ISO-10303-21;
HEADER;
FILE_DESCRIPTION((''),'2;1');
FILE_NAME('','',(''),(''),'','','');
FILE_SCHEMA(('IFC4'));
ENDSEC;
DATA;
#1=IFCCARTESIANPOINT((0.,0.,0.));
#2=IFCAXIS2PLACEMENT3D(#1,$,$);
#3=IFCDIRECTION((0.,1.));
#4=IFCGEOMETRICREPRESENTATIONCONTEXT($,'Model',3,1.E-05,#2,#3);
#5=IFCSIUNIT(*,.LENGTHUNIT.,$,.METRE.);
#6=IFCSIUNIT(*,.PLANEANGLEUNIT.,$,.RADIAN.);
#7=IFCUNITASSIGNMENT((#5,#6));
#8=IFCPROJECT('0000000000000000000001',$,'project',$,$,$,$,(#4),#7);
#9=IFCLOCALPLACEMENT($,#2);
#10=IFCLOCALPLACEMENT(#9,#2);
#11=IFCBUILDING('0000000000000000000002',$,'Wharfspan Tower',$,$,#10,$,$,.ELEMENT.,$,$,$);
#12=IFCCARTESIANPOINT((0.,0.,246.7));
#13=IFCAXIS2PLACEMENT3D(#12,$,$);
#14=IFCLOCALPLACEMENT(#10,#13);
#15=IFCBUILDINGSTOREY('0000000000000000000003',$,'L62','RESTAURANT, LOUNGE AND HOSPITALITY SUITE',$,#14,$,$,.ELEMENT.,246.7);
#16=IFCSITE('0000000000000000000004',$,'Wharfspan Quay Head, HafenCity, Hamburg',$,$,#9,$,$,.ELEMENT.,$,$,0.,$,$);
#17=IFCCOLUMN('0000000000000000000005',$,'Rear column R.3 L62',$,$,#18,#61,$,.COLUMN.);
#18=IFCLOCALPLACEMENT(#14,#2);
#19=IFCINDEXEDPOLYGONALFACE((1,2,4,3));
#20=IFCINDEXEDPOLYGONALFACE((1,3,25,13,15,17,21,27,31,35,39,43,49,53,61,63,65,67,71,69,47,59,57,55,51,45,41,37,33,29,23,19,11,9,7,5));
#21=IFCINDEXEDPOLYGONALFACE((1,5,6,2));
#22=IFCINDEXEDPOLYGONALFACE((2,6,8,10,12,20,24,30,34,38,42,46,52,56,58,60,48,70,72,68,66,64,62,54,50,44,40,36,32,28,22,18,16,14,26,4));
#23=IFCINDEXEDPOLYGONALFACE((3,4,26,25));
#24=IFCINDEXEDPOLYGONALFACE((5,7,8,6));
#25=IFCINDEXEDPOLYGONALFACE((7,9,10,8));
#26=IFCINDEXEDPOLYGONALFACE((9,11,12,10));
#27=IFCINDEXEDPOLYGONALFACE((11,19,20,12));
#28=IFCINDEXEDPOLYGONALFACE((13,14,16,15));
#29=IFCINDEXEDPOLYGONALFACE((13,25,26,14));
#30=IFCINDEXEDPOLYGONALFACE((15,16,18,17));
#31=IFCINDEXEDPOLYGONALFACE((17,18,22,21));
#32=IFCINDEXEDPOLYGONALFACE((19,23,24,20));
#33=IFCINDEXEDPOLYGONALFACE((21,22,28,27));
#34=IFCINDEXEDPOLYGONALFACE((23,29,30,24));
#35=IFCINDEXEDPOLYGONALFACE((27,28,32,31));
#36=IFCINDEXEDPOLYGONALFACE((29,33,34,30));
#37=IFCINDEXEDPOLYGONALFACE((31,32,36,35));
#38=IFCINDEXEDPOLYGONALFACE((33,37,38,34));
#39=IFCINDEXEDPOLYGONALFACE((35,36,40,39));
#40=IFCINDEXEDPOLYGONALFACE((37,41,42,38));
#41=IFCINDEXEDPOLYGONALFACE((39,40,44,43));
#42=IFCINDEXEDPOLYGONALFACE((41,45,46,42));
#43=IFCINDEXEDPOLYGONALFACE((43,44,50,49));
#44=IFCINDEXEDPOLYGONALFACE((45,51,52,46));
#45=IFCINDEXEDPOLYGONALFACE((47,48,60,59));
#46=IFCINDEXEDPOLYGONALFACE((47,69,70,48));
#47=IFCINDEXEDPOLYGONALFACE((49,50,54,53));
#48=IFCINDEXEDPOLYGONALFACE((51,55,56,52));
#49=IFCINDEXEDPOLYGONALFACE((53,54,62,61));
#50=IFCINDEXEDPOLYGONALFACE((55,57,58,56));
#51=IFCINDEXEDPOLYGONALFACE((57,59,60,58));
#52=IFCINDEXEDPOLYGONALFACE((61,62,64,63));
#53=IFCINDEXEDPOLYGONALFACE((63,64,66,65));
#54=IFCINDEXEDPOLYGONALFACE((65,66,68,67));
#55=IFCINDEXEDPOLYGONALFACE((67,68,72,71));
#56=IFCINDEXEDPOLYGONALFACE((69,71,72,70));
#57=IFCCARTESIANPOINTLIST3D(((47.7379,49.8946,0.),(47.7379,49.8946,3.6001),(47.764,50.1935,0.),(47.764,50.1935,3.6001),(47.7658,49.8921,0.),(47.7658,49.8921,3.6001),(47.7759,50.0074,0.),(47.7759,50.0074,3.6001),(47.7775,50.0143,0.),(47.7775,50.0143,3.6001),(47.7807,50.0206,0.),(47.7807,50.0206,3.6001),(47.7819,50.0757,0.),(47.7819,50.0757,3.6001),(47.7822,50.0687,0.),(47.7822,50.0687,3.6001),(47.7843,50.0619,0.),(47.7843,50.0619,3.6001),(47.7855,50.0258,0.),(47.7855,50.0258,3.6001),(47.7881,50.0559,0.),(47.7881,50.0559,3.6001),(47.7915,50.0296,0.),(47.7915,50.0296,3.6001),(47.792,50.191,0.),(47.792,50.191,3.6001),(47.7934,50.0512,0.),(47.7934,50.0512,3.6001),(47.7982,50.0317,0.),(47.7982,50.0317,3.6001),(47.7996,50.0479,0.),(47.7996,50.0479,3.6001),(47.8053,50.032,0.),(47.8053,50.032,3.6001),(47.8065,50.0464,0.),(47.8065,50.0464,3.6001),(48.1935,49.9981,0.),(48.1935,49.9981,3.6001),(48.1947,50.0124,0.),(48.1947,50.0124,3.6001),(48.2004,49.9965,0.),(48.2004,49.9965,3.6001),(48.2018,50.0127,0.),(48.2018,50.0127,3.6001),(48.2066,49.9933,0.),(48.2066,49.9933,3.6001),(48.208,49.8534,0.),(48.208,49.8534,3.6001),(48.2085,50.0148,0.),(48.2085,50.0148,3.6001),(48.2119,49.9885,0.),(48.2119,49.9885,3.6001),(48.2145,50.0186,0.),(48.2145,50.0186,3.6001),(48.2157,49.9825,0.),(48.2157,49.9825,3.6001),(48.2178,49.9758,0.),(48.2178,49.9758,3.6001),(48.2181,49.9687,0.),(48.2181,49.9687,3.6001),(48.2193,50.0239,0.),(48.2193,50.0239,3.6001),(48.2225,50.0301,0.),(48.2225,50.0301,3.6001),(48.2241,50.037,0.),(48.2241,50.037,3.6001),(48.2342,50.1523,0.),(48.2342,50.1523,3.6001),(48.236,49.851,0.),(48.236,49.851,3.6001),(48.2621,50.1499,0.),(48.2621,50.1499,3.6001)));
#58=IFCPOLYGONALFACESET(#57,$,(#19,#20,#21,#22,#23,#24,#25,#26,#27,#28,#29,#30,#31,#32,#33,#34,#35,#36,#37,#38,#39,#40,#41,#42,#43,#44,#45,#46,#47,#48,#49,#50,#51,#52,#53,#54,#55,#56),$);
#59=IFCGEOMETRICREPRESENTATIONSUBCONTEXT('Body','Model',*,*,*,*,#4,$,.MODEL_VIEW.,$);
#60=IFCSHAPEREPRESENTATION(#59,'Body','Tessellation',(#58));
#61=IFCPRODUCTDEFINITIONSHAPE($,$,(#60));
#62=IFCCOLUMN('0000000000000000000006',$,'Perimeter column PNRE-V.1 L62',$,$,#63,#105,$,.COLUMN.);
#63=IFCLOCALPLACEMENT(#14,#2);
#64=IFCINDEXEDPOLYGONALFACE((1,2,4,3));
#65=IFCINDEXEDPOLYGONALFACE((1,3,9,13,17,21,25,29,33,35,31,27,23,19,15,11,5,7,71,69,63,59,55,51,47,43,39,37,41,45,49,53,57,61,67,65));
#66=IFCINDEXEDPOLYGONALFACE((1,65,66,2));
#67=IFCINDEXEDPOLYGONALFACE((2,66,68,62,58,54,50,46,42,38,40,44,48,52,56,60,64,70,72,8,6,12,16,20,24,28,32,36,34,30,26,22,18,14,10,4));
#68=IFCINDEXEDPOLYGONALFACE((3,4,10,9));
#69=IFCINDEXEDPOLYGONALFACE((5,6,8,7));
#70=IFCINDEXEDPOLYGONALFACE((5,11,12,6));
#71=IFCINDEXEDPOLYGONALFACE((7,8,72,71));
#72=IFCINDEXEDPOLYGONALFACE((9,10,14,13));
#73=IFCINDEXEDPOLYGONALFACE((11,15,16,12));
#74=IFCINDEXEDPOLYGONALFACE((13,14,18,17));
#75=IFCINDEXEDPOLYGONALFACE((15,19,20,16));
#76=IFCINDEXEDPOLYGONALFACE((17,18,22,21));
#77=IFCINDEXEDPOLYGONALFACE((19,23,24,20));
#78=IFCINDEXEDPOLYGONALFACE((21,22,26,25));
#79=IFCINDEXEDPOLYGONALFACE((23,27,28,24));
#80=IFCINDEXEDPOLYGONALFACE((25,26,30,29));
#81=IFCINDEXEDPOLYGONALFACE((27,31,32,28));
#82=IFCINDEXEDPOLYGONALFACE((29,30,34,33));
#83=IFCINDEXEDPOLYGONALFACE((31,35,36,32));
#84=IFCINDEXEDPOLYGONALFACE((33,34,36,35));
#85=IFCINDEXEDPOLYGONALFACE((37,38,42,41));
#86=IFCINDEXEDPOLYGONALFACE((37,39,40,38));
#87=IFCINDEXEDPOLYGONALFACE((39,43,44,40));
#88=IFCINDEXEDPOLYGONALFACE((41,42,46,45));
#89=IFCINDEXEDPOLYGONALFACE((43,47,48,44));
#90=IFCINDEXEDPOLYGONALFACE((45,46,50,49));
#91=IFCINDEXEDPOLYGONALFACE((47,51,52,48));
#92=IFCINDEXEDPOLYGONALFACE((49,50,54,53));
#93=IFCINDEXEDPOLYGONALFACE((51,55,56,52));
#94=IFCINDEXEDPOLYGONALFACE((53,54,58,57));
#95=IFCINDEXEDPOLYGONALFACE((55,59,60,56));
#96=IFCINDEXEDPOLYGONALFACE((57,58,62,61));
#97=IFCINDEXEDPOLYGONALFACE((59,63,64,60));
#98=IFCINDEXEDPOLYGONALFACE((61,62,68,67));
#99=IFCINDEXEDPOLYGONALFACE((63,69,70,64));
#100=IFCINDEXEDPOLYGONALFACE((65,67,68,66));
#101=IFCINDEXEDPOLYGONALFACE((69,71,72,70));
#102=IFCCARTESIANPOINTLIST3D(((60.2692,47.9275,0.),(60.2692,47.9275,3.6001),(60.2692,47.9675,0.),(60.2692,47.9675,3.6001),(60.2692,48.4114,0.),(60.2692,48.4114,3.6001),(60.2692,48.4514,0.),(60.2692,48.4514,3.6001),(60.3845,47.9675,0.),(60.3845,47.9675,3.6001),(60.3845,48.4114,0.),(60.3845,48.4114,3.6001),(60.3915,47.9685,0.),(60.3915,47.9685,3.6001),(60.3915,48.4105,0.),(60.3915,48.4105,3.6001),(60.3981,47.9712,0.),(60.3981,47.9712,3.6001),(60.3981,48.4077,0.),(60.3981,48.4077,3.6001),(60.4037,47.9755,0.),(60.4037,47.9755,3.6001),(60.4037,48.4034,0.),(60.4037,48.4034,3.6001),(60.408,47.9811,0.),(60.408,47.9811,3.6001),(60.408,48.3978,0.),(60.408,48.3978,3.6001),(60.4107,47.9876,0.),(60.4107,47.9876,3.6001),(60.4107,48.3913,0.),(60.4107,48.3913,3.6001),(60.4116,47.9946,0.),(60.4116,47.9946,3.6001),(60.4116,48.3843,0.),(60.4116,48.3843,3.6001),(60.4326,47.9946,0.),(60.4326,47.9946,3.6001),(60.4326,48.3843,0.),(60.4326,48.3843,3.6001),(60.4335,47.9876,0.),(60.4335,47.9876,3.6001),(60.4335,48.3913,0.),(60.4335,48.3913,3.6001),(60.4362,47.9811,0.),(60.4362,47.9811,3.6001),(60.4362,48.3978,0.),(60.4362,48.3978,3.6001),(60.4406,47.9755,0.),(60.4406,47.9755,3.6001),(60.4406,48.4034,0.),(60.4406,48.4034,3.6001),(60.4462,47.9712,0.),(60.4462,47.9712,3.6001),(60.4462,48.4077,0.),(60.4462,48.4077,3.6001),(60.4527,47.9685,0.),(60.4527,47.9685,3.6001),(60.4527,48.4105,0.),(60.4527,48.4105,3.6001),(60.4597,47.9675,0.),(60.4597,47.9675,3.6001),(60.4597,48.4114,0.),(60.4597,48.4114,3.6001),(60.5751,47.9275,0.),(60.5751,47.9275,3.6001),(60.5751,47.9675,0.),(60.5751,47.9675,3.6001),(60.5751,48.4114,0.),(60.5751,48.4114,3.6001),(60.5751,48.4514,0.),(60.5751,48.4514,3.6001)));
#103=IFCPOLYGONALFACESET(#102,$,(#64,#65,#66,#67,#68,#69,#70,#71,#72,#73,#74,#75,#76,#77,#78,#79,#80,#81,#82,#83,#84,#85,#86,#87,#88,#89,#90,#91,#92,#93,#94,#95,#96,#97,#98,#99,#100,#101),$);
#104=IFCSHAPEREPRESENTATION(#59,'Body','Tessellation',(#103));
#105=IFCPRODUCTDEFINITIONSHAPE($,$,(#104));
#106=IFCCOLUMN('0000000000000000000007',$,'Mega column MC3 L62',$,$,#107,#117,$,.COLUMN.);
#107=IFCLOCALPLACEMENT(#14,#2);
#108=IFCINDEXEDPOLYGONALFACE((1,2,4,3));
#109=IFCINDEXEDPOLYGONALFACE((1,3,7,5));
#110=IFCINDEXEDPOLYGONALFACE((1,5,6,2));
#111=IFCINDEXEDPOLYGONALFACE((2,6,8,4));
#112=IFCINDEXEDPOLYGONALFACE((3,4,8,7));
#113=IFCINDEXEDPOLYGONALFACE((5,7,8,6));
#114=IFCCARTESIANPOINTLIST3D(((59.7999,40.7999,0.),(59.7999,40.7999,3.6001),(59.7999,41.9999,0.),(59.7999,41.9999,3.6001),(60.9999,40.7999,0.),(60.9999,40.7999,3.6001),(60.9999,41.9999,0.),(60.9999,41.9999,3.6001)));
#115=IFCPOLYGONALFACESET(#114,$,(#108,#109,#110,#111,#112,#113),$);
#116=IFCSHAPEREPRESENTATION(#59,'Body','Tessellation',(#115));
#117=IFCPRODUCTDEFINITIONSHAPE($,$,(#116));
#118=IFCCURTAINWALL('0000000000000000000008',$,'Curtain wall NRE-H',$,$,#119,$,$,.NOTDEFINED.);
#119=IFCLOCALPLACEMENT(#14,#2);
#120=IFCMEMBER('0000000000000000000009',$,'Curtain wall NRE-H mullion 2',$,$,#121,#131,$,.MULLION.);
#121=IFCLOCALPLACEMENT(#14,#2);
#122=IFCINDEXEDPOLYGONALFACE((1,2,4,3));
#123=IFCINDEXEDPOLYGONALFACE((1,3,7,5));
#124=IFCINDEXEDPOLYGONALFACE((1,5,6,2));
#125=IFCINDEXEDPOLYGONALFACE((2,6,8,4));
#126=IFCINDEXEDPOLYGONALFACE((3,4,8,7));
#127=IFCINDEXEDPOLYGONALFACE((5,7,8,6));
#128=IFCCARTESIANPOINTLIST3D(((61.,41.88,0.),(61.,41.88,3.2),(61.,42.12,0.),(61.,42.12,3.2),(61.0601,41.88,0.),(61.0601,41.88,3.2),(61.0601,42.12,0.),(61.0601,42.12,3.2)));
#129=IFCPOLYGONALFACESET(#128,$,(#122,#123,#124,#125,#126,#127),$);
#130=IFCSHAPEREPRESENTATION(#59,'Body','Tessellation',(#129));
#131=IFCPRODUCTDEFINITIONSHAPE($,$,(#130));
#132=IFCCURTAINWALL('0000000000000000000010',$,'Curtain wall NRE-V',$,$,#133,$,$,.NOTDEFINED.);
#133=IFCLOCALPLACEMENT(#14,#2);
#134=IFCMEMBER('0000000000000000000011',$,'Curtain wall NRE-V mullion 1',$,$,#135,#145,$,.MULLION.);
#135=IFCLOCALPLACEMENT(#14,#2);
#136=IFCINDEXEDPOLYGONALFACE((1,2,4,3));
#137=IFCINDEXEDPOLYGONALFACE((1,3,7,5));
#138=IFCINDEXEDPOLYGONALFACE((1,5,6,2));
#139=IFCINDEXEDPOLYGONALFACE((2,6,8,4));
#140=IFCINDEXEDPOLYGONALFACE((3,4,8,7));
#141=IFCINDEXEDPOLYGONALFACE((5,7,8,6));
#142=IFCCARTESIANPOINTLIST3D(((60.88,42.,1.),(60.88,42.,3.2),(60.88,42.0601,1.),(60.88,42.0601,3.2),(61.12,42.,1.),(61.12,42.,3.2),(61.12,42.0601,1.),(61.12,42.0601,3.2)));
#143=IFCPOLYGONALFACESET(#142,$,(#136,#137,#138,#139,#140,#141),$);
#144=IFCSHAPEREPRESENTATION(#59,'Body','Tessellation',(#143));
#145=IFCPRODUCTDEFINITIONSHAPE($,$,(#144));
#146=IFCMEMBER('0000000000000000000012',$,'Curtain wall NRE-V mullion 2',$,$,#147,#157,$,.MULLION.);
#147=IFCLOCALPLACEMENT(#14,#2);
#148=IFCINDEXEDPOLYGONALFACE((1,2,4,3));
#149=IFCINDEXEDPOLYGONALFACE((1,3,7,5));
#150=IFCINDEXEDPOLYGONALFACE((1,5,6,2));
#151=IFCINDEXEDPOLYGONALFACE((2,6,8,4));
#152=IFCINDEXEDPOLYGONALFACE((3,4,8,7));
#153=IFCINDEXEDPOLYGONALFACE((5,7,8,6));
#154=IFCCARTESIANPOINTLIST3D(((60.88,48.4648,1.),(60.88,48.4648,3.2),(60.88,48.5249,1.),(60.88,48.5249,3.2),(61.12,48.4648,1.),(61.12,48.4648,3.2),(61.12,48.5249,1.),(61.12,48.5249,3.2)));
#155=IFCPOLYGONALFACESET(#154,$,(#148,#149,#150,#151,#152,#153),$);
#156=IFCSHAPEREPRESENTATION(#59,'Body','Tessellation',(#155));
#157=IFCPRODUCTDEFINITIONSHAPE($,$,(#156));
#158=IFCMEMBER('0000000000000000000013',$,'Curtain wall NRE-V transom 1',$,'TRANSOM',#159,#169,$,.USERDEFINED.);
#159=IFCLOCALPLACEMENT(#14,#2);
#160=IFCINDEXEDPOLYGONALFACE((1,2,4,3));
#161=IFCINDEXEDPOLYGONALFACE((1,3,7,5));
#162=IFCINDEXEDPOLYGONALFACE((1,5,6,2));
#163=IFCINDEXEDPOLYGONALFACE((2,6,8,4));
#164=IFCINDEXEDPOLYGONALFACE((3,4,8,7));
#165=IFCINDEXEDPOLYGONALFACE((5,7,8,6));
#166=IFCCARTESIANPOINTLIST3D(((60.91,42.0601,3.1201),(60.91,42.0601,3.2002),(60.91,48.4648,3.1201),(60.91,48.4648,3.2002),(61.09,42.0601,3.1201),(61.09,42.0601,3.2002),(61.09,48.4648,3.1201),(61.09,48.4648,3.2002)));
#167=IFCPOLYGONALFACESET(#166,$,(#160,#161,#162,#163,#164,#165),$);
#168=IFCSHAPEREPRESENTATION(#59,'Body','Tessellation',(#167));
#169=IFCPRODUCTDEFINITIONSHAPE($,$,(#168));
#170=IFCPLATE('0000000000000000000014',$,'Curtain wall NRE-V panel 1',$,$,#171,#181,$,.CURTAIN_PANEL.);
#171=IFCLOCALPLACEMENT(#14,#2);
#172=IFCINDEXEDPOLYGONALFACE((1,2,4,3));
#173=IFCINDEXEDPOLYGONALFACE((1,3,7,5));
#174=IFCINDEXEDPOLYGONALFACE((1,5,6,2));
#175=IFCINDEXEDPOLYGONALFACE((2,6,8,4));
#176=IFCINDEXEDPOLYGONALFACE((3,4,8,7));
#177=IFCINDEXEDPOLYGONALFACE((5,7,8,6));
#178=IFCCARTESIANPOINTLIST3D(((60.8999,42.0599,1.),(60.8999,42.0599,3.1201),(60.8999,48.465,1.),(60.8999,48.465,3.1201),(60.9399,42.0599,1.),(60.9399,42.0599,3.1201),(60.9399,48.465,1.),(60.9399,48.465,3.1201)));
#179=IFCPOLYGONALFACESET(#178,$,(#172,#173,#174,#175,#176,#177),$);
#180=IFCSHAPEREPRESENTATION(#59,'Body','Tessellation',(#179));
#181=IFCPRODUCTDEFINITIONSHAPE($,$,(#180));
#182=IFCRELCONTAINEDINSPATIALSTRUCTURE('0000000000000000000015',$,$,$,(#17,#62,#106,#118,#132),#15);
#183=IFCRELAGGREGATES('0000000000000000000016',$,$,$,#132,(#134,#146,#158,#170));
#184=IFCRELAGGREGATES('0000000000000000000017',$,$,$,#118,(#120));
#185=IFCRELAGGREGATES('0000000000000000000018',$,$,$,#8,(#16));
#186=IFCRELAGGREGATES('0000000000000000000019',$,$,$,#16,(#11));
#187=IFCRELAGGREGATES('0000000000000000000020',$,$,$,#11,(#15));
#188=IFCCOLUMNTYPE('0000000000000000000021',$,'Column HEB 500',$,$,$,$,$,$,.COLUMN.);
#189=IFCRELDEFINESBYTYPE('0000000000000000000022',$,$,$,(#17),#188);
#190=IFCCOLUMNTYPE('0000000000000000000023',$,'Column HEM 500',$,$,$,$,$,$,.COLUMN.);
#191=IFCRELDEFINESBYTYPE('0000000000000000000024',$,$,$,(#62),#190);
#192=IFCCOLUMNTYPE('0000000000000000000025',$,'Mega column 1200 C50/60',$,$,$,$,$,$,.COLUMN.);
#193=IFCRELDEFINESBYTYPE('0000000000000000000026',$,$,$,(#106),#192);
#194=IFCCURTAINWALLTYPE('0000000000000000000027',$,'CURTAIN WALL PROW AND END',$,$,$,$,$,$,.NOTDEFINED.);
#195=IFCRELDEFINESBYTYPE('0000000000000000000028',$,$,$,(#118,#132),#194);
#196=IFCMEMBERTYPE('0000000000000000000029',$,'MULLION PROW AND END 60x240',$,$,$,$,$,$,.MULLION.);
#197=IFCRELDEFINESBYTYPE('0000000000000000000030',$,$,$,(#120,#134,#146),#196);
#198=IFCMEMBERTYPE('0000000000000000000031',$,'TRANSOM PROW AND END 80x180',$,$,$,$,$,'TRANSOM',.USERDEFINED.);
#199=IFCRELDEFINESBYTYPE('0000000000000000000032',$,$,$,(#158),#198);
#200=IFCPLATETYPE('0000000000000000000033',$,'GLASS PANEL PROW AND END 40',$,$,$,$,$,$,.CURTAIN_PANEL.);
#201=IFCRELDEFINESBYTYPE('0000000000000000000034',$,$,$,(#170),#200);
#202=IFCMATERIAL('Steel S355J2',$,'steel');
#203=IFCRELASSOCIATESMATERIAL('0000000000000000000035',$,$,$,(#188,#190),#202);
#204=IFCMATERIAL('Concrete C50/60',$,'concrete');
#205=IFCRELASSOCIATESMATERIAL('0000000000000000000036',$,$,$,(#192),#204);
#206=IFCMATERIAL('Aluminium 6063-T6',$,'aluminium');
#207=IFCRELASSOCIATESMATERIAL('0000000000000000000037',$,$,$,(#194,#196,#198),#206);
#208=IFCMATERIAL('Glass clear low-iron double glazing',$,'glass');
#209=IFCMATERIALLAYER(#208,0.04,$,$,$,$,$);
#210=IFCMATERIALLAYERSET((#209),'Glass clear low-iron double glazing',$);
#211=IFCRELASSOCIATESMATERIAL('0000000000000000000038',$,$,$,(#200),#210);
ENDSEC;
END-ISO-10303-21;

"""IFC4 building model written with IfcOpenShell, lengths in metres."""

from ifc_helpers import new_model, si_unit, direction, frame, origin, origin_2d, place, context, subcontext, project, spatial, rectangle, i_section, extrude, material, layer, layer_set, material_profile, profile_set, type_object, element, aggregate, save


model = new_model("IFC4")

# Units and contexts
model_context = context("Model", 3, precision=1e-05, world=origin(), true_north=direction((0.0, 1.0)))
body_context = subcontext(model_context, "Body", "Model", "MODEL_VIEW")
ifc_project = project(units=[si_unit("LENGTHUNIT", "METRE"), si_unit("PLANEANGLEUNIT", "RADIAN")], contexts=[model_context])

# Site, building, storey
site_placement = place(None, origin())
site = spatial("IfcSite", under=ifc_project, at=site_placement, Name="Wharfspan Quay Head, HafenCity, Hamburg", CompositionType="ELEMENT", RefElevation=0.0)
building_placement = place(site_placement, origin())
building = spatial("IfcBuilding", under=site, at=building_placement, Name="Wharfspan Tower", CompositionType="ELEMENT")
storey_placement = place(building_placement, frame((0.0, 0.0, 246.7)))
storey = spatial("IfcBuildingStorey", under=building, at=storey_placement, Name="L62", Description="RESTAURANT, LOUNGE AND HOSPITALITY SUITE", CompositionType="ELEMENT", Elevation=246.7)

# Columns
ifc_material_1 = material(Name="Steel S355J2", Category="steel")
ifc_material_profile_1 = material_profile(ifc_material_1, i_section(OverallWidth=0.3, OverallDepth=0.5, WebThickness=0.0144, FlangeThickness=0.0281, FilletRadius=0.0271, at=origin_2d()))
ifc_profile_set_1 = profile_set([ifc_material_profile_1], Name="Steel S355J2")
column_type_1 = type_object("IfcColumnType", Name="Column HEB 500", PredefinedType="COLUMN", material=ifc_profile_set_1)
column_1_placement = place(storey_placement, frame((48.0, 50.0222, 0.0), z_axis=(0.0, 0.0, 1.0), x_axis=(0.087156, 0.996197, 0.0)))
element("IfcColumn", 1, at=column_1_placement, inside=storey, type_object=column_type_1, Name="Rear column R.3 L62", PredefinedType="COLUMN", context=body_context, shape_type="SweptSolid", body=[
    extrude(i_section(OverallWidth=0.3, OverallDepth=0.5, WebThickness=0.0144, FlangeThickness=0.0281, FilletRadius=0.0271, at=origin_2d()), origin(), (0.0, 0.0, 1.0), 3.6001),
])
ifc_material_profile_2 = material_profile(ifc_material_1, i_section(OverallWidth=0.3059, OverallDepth=0.5239, WebThickness=0.021, FlangeThickness=0.04, FilletRadius=0.0271, at=origin_2d()))
ifc_profile_set_2 = profile_set([ifc_material_profile_2], Name="Steel S355J2")
column_type_2 = type_object("IfcColumnType", Name="Column HEM 500", PredefinedType="COLUMN", material=ifc_profile_set_2)
column_2_placement = place(storey_placement, frame((60.4221, 48.1895, 0.0), z_axis=(0.0, 0.0, 1.0), x_axis=(1.0, 0.0, 0.0)))
element("IfcColumn", 2, at=column_2_placement, inside=storey, type_object=column_type_2, Name="Perimeter column PNRE-V.1 L62", PredefinedType="COLUMN", context=body_context, shape_type="SweptSolid", body=[
    extrude(i_section(OverallWidth=0.3059, OverallDepth=0.5239, WebThickness=0.021, FlangeThickness=0.04, FilletRadius=0.0271, at=origin_2d()), origin(), (0.0, 0.0, 1.0), 3.6001),
])
ifc_material_2 = material(Name="Concrete C50/60", Category="concrete")
ifc_material_profile_3 = material_profile(ifc_material_2, rectangle(XDim=1.2, YDim=1.2, at=origin_2d()))
ifc_profile_set_3 = profile_set([ifc_material_profile_3], Name="Concrete C50/60")
column_type_3 = type_object("IfcColumnType", Name="Mega column 1200 C50/60", PredefinedType="COLUMN", material=ifc_profile_set_3)
column_3_placement = place(storey_placement, frame((60.3999, 41.3999, 0.0), z_axis=(0.0, 0.0, 1.0), x_axis=(1.0, 0.0, 0.0)))
element("IfcColumn", 3, at=column_3_placement, inside=storey, type_object=column_type_3, Name="Mega column MC3 L62", PredefinedType="COLUMN", context=body_context, shape_type="SweptSolid", body=[
    extrude(rectangle(XDim=1.2, YDim=1.2, at=origin_2d()), origin(), (0.0, 0.0, 1.0), 3.6001),
])

# Curtain wall, member
ifc_material_3 = material(Name="Aluminium 6063-T6", Category="aluminium")
curtain_wall_type = type_object("IfcCurtainWallType", Name="CURTAIN WALL PROW AND END", PredefinedType="NOTDEFINED", material=ifc_material_3)
curtain_wall_1_placement = place(storey_placement, origin())
curtain_wall_1 = element("IfcCurtainWall", 4, at=curtain_wall_1_placement, inside=storey, type_object=curtain_wall_type, Name="Curtain wall NRE-H", PredefinedType="NOTDEFINED")
ifc_material_profile_4 = material_profile(ifc_material_3, rectangle(XDim=0.24, YDim=0.0601, at=origin_2d()))
ifc_profile_set_4 = profile_set([ifc_material_profile_4], Name="Aluminium 6063-T6")
member_type_1 = type_object("IfcMemberType", Name="MULLION PROW AND END 60x240", PredefinedType="MULLION", material=ifc_profile_set_4)
member_1_placement = place(storey_placement, frame((61.03, 42.0, 0.0), z_axis=(0.0, 0.0, 1.0), x_axis=(0.0, -1.0, 0.0)))
member_1 = element("IfcMember", 5, at=member_1_placement, type_object=member_type_1, Name="Curtain wall NRE-H mullion 2", PredefinedType="MULLION", context=body_context, shape_type="SweptSolid", body=[
    extrude(rectangle(XDim=0.24, YDim=0.0601, at=origin_2d()), origin(), (0.0, 0.0, 1.0), 3.2),
])

# Curtain wall, members, plate
curtain_wall_2_placement = place(storey_placement, origin())
curtain_wall_2 = element("IfcCurtainWall", 6, at=curtain_wall_2_placement, inside=storey, type_object=curtain_wall_type, Name="Curtain wall NRE-V", PredefinedType="NOTDEFINED")
member_2_placement = place(storey_placement, frame((61.0, 42.03, 1.0), z_axis=(0.0, 0.0, 1.0), x_axis=(-1.0, 0.0, 0.0)))
member_2 = element("IfcMember", 7, at=member_2_placement, type_object=member_type_1, Name="Curtain wall NRE-V mullion 1", PredefinedType="MULLION", context=body_context, shape_type="SweptSolid", body=[
    extrude(rectangle(XDim=0.24, YDim=0.0601, at=origin_2d()), origin(), (0.0, 0.0, 1.0), 2.2),
])
member_3_placement = place(storey_placement, frame((61.0, 48.4949, 1.0), z_axis=(0.0, 0.0, 1.0), x_axis=(-1.0, 0.0, 0.0)))
member_3 = element("IfcMember", 8, at=member_3_placement, type_object=member_type_1, Name="Curtain wall NRE-V mullion 2", PredefinedType="MULLION", context=body_context, shape_type="SweptSolid", body=[
    extrude(rectangle(XDim=0.24, YDim=0.0601, at=origin_2d()), origin(), (0.0, 0.0, 1.0), 2.2),
])
ifc_material_profile_5 = material_profile(ifc_material_3, rectangle(XDim=0.1799, YDim=0.0801, at=origin_2d()))
ifc_profile_set_5 = profile_set([ifc_material_profile_5], Name="Aluminium 6063-T6")
member_type_2 = type_object("IfcMemberType", Name="TRANSOM PROW AND END 80x180", ElementType="TRANSOM", PredefinedType="USERDEFINED", material=ifc_profile_set_5)
member_4_placement = place(storey_placement, frame((61.0, 42.0601, 3.1602), z_axis=(0.0, 1.0, 0.0), x_axis=(-1.0, 0.0, 0.0)))
member_4 = element("IfcMember", 9, at=member_4_placement, type_object=member_type_2, Name="Curtain wall NRE-V transom 1", ObjectType="TRANSOM", PredefinedType="USERDEFINED", context=body_context, shape_type="SweptSolid", body=[
    extrude(rectangle(XDim=0.1799, YDim=0.0801, at=origin_2d()), origin(), (0.0, 0.0, 1.0), 6.4048),
])
ifc_material_4 = material(Name="Glass clear low-iron double glazing", Category="glass")
ifc_layer_1 = layer(ifc_material_4, 0.04)
ifc_layer_set_1 = layer_set([ifc_layer_1], Name="Glass clear low-iron double glazing")
plate_type_1 = type_object("IfcPlateType", Name="GLASS PANEL PROW AND END 40", PredefinedType="CURTAIN_PANEL", material=ifc_layer_set_1)
plate_1_placement = place(storey_placement, frame((60.9199, 45.2625, 1.0), z_axis=(0.0, 0.0, 1.0), x_axis=(0.0, 1.0, 0.0)))
plate_1 = element("IfcPlate", 10, at=plate_1_placement, type_object=plate_type_1, Name="Curtain wall NRE-V panel 1", PredefinedType="CURTAIN_PANEL", context=body_context, shape_type="SweptSolid", body=[
    extrude(rectangle(XDim=6.405, YDim=0.04, at=origin_2d()), origin(), (0.0, 0.0, 1.0), 2.1201),
])
aggregate(curtain_wall_2, [member_2, member_3, member_4, plate_1])

aggregate(curtain_wall_1, [member_1])

save(model, "model.ifc")
